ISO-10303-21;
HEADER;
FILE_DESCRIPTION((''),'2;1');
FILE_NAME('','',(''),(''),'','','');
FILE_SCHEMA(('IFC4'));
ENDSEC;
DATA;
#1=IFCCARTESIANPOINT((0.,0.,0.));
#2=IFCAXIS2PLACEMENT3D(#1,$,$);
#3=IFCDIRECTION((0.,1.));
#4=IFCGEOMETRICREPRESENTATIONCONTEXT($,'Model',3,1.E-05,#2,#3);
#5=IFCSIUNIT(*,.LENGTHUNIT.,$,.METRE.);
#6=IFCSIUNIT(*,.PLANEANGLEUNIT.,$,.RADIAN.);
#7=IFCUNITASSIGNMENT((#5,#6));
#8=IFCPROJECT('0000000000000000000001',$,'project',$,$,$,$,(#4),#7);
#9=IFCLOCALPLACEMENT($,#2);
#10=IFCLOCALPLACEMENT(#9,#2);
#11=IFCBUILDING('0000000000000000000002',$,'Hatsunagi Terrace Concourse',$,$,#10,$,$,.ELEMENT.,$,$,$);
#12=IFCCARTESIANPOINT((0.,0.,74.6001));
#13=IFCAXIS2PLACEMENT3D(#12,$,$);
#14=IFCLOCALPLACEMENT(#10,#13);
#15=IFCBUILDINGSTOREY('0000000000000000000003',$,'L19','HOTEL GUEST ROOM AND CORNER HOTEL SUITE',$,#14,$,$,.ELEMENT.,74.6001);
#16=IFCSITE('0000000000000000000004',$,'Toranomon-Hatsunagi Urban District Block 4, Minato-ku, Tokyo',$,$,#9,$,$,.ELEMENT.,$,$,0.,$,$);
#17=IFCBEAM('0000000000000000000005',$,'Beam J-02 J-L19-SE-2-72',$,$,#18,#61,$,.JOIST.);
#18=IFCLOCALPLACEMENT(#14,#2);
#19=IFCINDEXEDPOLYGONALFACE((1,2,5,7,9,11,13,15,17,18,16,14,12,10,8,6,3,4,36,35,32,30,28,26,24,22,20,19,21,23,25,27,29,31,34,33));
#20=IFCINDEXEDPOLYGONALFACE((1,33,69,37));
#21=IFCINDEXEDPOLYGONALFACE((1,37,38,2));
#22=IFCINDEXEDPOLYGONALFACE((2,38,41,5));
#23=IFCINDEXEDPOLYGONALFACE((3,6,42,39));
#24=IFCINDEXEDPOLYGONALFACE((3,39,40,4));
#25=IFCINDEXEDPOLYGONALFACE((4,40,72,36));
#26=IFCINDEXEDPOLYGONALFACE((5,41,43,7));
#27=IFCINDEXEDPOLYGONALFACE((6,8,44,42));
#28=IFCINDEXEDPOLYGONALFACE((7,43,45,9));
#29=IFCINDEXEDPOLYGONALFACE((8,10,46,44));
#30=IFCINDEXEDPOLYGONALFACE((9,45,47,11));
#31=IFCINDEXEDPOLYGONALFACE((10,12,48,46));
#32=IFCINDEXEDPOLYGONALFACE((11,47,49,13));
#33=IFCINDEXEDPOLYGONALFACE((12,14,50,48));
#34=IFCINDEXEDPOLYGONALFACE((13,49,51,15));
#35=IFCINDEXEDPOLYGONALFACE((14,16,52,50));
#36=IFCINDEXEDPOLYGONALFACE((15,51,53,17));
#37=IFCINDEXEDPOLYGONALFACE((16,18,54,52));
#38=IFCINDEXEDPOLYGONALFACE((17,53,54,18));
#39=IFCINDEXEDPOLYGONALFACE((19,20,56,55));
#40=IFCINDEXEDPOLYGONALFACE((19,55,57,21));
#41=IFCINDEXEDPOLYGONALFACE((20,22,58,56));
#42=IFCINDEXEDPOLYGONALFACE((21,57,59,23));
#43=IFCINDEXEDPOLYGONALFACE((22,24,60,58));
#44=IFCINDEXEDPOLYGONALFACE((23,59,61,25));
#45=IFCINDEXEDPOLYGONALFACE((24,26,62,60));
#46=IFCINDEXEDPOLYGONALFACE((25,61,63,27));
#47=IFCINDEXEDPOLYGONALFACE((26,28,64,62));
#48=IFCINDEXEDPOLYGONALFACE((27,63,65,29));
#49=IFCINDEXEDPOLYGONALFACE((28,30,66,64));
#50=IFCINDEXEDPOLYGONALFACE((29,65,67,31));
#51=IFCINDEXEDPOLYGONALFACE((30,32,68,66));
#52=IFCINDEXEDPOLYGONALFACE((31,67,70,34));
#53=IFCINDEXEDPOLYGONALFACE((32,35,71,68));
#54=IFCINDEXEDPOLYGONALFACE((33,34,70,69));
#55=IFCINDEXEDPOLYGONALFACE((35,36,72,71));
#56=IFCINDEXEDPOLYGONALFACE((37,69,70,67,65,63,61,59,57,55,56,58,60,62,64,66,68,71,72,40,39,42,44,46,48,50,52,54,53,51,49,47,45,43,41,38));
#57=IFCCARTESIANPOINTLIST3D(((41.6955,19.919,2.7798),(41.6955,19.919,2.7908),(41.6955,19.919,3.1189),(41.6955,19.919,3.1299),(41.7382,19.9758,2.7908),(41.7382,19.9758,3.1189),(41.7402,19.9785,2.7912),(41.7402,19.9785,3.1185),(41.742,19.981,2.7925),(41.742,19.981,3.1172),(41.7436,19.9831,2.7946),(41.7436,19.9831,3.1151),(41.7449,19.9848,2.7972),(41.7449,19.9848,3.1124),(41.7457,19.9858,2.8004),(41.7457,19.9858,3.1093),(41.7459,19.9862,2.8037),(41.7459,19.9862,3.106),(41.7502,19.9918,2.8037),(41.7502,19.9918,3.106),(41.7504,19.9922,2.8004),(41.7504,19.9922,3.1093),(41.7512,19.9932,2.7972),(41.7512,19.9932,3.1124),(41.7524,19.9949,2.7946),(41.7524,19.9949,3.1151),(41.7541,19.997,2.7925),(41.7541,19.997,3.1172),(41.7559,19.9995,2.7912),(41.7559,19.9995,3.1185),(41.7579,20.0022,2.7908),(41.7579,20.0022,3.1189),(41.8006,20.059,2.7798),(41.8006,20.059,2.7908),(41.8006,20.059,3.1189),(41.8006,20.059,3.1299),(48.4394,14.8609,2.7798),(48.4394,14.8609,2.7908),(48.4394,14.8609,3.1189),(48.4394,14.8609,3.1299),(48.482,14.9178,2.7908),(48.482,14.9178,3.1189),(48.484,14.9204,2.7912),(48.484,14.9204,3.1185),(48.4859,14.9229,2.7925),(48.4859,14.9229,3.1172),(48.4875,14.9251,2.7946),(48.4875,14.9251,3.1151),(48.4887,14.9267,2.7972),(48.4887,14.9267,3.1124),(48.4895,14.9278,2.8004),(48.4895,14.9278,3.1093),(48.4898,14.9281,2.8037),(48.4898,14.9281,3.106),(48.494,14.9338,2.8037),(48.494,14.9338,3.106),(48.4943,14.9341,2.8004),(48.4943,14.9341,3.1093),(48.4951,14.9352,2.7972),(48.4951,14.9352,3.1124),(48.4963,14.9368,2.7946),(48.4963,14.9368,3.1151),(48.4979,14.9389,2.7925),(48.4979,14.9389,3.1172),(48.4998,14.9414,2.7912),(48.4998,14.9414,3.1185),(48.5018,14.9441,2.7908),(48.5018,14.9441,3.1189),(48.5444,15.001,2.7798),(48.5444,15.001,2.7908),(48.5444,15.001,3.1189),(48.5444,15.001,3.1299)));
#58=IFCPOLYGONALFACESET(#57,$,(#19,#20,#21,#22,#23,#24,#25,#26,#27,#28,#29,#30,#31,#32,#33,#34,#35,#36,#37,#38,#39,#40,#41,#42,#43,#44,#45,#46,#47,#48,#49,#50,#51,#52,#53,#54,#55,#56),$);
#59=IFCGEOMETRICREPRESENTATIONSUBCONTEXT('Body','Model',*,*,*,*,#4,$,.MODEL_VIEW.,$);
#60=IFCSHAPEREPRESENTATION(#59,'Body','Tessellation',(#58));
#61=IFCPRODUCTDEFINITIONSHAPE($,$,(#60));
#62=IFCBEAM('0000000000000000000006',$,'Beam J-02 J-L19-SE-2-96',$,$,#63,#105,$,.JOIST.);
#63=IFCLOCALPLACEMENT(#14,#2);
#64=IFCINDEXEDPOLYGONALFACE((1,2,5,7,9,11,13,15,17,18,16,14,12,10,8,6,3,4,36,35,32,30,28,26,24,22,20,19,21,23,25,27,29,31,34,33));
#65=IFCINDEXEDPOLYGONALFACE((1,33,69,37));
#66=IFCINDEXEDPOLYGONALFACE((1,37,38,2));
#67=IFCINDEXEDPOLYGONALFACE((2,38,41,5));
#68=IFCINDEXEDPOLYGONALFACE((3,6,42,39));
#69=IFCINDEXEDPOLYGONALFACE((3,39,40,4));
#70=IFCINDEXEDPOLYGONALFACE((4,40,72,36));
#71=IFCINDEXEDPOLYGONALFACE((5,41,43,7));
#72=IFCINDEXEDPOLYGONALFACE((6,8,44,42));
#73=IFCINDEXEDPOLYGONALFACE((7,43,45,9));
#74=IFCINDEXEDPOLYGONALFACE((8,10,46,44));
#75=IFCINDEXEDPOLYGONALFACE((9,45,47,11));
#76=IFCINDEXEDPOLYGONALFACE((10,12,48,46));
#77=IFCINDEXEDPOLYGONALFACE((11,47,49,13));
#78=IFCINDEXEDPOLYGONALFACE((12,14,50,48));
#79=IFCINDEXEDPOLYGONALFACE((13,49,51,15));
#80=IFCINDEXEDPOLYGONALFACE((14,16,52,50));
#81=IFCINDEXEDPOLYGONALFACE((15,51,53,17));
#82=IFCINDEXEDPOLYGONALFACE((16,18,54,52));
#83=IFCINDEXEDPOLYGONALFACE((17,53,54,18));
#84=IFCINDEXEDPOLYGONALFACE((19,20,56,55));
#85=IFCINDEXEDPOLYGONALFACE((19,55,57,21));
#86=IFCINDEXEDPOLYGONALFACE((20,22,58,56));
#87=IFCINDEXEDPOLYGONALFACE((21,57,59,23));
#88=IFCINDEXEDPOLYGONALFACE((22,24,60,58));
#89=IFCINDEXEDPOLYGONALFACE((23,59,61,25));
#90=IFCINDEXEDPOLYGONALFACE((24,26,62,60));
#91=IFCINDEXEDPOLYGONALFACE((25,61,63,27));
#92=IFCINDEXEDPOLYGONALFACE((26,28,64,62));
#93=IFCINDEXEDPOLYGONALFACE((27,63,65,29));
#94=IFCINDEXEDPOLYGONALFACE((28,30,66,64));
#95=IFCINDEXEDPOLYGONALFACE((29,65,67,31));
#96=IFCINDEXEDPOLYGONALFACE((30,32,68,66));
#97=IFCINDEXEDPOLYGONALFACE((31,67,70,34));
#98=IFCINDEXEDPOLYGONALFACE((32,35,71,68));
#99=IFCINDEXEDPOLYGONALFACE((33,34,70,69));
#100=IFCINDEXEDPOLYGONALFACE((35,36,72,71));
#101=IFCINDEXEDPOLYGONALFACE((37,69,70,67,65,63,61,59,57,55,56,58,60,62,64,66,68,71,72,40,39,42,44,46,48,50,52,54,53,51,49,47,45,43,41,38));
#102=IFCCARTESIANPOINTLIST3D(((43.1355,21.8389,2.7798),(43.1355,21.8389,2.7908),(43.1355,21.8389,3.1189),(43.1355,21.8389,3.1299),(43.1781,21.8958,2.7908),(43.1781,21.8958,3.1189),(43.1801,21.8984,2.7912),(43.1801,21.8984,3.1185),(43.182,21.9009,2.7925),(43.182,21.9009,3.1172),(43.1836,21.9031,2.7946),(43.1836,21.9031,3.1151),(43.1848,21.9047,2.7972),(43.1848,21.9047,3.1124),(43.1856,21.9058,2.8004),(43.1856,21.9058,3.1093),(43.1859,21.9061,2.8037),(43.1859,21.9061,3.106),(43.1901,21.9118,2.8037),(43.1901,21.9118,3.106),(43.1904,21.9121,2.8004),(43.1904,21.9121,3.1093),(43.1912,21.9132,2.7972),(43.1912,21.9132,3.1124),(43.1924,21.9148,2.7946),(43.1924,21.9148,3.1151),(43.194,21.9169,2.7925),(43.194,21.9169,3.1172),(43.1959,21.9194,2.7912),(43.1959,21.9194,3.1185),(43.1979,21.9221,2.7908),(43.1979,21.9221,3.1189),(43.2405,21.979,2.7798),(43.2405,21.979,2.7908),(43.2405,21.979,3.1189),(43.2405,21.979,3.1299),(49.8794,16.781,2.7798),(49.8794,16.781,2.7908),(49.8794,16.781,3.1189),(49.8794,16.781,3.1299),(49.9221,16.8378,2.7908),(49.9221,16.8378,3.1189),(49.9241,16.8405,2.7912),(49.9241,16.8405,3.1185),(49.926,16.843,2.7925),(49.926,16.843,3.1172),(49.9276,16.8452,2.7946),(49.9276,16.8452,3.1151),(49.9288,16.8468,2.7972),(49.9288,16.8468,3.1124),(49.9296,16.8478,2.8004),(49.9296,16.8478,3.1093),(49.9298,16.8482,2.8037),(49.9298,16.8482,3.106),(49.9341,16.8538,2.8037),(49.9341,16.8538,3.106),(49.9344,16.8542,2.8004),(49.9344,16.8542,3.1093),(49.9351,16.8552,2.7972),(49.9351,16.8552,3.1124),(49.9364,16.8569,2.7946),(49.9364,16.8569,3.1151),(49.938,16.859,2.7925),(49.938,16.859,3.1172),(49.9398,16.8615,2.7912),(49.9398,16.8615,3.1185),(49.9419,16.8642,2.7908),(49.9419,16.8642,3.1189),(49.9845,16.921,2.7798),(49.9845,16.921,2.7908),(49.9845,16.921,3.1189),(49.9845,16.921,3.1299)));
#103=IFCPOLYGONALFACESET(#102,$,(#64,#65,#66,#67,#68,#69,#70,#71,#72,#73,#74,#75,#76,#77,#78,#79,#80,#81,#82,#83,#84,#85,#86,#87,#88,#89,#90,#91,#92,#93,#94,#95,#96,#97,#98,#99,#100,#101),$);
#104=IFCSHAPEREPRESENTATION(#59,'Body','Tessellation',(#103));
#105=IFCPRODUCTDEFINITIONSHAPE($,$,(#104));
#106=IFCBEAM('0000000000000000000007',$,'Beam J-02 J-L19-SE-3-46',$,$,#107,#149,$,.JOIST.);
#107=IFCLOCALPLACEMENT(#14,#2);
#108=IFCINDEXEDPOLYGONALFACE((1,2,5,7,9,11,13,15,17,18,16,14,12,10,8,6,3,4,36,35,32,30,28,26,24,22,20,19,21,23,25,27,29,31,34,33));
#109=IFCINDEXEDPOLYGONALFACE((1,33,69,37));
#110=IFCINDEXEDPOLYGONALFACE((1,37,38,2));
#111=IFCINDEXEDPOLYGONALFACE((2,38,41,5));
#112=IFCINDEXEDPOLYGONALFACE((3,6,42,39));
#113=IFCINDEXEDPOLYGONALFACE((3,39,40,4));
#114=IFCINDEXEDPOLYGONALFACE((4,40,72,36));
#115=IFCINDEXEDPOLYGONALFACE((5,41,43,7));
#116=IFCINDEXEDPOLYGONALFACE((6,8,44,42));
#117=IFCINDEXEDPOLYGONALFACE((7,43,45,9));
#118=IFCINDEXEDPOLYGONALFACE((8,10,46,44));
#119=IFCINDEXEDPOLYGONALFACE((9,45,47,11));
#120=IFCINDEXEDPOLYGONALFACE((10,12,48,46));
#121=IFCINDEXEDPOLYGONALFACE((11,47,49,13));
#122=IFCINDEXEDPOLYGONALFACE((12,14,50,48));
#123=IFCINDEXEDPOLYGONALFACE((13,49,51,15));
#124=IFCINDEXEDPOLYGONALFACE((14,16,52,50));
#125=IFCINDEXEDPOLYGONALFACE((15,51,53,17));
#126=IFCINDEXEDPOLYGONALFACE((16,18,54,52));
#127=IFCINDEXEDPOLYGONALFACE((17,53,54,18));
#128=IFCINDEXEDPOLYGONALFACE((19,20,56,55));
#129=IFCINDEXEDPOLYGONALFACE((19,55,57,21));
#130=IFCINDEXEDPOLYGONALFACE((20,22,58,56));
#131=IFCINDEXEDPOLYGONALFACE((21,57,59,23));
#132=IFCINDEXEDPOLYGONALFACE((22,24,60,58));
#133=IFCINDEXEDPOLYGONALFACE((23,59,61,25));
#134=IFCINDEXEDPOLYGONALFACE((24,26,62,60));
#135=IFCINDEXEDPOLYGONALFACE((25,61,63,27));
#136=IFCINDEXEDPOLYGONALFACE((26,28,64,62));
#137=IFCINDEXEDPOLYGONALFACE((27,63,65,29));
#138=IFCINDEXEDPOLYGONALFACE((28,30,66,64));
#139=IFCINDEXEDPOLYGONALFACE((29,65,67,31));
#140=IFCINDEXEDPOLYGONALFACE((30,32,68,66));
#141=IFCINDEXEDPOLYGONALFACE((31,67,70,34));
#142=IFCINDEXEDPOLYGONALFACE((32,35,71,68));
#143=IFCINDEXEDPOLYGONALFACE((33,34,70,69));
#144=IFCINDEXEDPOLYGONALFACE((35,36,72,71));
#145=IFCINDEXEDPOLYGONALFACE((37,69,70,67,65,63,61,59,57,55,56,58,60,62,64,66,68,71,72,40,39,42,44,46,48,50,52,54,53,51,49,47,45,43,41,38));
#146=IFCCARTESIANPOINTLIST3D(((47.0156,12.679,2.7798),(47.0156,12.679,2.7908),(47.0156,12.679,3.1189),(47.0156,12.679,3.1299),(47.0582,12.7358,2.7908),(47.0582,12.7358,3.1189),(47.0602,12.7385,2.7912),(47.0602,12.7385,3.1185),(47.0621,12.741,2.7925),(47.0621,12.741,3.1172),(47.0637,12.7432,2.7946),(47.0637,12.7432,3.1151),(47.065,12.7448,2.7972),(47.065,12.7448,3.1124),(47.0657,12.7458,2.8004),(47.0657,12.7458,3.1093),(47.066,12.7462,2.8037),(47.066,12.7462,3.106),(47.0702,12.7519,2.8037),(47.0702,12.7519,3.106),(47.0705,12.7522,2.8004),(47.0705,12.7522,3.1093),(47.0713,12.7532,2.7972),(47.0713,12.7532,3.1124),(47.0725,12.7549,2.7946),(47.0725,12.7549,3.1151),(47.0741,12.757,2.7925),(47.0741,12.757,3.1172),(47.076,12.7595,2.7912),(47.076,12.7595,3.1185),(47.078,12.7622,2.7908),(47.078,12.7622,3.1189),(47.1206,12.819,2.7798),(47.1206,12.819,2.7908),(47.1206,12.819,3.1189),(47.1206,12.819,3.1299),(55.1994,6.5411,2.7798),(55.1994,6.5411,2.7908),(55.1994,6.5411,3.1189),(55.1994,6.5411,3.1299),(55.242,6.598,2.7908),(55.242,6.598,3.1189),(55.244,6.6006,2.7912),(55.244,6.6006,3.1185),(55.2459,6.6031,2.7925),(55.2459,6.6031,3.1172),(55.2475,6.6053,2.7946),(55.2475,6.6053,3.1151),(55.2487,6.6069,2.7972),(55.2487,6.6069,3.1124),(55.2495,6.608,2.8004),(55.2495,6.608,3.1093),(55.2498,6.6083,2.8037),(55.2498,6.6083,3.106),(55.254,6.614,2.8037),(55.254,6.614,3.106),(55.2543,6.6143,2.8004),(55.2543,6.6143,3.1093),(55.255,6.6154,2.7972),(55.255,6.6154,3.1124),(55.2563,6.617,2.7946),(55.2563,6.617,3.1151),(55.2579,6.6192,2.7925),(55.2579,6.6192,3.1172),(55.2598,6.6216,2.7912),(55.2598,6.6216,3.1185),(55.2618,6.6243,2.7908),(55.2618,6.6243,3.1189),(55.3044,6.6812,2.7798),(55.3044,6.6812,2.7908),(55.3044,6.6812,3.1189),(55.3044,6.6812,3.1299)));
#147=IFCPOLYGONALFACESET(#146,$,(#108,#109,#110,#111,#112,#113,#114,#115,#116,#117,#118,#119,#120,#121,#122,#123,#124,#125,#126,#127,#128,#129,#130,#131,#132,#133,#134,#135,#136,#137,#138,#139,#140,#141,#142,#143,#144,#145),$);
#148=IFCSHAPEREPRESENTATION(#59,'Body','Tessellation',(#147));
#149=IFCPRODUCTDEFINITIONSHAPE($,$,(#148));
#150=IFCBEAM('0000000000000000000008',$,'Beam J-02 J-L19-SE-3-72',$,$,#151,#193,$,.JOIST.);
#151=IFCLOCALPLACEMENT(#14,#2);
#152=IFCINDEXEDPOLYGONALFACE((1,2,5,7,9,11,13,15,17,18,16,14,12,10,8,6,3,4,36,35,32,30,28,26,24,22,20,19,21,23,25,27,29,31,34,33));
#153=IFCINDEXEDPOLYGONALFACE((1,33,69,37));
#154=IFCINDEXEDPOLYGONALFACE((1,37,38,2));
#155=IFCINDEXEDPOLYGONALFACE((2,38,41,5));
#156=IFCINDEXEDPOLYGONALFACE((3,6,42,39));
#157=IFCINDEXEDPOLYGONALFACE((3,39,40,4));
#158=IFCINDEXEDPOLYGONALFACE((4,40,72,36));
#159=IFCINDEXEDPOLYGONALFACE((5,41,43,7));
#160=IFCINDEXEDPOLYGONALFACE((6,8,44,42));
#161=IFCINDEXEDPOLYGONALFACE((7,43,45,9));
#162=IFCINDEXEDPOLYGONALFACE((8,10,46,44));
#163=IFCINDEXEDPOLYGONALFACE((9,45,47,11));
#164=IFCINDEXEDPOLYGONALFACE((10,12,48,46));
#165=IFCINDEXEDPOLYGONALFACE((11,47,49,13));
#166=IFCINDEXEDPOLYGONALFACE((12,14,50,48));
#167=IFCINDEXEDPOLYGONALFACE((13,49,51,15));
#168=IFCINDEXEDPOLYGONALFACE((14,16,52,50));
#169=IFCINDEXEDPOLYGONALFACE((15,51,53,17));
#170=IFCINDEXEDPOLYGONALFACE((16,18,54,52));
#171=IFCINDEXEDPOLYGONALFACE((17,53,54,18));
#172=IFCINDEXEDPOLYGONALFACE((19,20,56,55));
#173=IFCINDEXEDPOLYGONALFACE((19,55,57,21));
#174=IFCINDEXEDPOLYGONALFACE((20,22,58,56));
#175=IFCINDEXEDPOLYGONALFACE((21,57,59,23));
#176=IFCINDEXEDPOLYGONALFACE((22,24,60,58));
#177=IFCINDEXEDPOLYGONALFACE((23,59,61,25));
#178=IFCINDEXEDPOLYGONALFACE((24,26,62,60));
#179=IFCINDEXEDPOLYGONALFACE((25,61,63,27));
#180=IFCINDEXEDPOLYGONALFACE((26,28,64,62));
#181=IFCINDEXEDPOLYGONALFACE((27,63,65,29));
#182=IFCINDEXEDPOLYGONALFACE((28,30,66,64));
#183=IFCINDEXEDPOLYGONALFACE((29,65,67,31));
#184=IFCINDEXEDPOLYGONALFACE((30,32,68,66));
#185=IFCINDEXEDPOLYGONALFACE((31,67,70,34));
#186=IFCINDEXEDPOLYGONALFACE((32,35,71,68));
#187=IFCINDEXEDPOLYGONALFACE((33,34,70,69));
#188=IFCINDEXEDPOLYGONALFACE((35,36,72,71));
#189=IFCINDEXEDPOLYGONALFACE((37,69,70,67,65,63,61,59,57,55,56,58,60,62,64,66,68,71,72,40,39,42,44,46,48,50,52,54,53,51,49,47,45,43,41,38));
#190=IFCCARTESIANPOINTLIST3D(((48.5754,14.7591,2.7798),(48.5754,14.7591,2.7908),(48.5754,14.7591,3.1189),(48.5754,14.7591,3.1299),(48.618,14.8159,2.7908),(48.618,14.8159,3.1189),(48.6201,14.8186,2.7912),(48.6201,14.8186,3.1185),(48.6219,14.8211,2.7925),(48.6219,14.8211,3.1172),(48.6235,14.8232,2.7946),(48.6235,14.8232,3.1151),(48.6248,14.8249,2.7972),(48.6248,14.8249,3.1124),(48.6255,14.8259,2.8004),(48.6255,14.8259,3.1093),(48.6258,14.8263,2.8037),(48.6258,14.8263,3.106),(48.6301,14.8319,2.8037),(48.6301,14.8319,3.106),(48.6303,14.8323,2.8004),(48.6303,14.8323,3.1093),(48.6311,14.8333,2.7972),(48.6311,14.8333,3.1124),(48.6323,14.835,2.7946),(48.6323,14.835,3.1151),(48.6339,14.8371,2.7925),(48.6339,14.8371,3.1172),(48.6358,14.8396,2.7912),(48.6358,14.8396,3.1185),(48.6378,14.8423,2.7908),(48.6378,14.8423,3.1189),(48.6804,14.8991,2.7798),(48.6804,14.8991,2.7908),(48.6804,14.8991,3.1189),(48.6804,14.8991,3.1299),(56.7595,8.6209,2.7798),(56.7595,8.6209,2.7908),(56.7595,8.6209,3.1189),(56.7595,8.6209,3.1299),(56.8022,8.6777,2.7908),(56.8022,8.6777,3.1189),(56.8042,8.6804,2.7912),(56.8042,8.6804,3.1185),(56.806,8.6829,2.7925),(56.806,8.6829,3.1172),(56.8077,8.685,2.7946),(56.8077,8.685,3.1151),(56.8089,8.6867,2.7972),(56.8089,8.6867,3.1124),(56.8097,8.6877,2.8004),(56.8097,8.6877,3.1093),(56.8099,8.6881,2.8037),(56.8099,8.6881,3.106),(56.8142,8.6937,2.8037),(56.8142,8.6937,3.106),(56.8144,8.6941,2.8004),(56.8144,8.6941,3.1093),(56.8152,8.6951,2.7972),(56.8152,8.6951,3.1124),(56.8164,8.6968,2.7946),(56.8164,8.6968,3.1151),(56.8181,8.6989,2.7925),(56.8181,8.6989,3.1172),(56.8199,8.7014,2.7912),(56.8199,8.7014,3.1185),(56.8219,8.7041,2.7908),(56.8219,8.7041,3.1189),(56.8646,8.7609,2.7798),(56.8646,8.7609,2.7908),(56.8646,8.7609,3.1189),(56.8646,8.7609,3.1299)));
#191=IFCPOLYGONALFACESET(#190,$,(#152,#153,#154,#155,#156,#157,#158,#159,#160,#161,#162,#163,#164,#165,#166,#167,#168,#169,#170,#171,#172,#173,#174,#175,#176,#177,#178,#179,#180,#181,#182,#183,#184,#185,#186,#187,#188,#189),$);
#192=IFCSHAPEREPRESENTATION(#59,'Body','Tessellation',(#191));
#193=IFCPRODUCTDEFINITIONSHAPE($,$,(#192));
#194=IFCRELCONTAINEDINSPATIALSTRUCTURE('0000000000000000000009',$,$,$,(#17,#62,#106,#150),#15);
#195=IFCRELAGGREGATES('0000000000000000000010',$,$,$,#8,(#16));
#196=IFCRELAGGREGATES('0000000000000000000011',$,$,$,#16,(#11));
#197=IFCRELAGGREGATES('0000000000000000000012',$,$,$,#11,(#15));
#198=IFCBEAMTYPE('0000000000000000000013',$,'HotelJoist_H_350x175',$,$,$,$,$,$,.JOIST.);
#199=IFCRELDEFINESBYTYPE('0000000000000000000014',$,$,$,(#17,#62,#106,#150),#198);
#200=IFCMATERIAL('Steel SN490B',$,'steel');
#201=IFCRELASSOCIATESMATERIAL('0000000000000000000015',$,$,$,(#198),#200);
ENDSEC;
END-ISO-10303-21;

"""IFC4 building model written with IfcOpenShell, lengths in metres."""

from ifc_helpers import new_model, si_unit, direction, frame, origin, origin_2d, place, context, subcontext, project, spatial, i_section, extrude, material, material_profile, profile_set, type_object, element, save


model = new_model("IFC4")

# Units and contexts
model_context = context("Model", 3, precision=1e-05, world=origin(), true_north=direction((0.0, 1.0)))
body_context = subcontext(model_context, "Body", "Model", "MODEL_VIEW")
ifc_project = project(units=[si_unit("LENGTHUNIT", "METRE"), si_unit("PLANEANGLEUNIT", "RADIAN")], contexts=[model_context])

# Site, building, storey
site_placement = place(None, origin())
site = spatial("IfcSite", under=ifc_project, at=site_placement, Name="Toranomon-Hatsunagi Urban District Block 4, Minato-ku, Tokyo", CompositionType="ELEMENT", RefElevation=0.0)
building_placement = place(site_placement, origin())
building = spatial("IfcBuilding", under=site, at=building_placement, Name="Hatsunagi Terrace Concourse", CompositionType="ELEMENT")
storey_placement = place(building_placement, frame((0.0, 0.0, 74.6001)))
storey = spatial("IfcBuildingStorey", under=building, at=storey_placement, Name="L19", Description="HOTEL GUEST ROOM AND CORNER HOTEL SUITE", CompositionType="ELEMENT", Elevation=74.6001)

# Beams
ifc_material_1 = material(Name="Steel SN490B", Category="steel")
ifc_material_profile_1 = material_profile(ifc_material_1, i_section(OverallWidth=0.175, OverallDepth=0.3501, WebThickness=0.0071, FlangeThickness=0.011, FilletRadius=0.0129, at=origin_2d()), Name="H-350x175x7x11")
ifc_profile_set_1 = profile_set([ifc_material_profile_1], Name="Steel SN490B")
beam_type_1 = type_object("IfcBeamType", Name="HotelJoist_H_350x175", PredefinedType="JOIST", material=ifc_profile_set_1)
for number, where, z_axis, x_axis, name in (
    (1, (41.748, 19.989, 2.9548), (0.79999, -0.600014, 0.0), (0.600014, 0.79999, 0.0), "Beam J-02 J-L19-SE-2-72"),
    (2, (43.188, 21.9089, 2.9548), (0.800003, -0.599995, 0.0), (0.599995, 0.800003, 0.0), "Beam J-02 J-L19-SE-2-96"),
):
    element("IfcBeam", number, at=place(storey_placement, frame(where, z_axis=z_axis, x_axis=x_axis)), inside=storey, type_object=beam_type_1, Name=name, PredefinedType="JOIST", context=body_context, shape_type="SweptSolid", body=[
        extrude(i_section(OverallWidth=0.175, OverallDepth=0.3501, WebThickness=0.0071, FlangeThickness=0.011, FilletRadius=0.0129, at=origin_2d()), origin(), (0.0, 0.0, 1.0), 8.4299),
    ])
beam_1_placement = place(storey_placement, frame((47.0681, 12.749, 2.9548), z_axis=(0.799997, -0.600004, 0.0), x_axis=(0.600004, 0.799997, 0.0)))
element("IfcBeam", 3, at=beam_1_placement, inside=storey, type_object=beam_type_1, Name="Beam J-02 J-L19-SE-3-46", PredefinedType="JOIST", context=body_context, shape_type="SweptSolid", body=[
    extrude(i_section(OverallWidth=0.175, OverallDepth=0.3501, WebThickness=0.0071, FlangeThickness=0.011, FilletRadius=0.0129, at=origin_2d()), origin(), (0.0, 0.0, 1.0), 10.2297),
])
beam_2_placement = place(storey_placement, frame((48.6279, 14.8291, 2.9548), z_axis=(0.799994, -0.600008, 0.0), x_axis=(0.600008, 0.799994, 0.0)))
element("IfcBeam", 4, at=beam_2_placement, inside=storey, type_object=beam_type_1, Name="Beam J-02 J-L19-SE-3-72", PredefinedType="JOIST", context=body_context, shape_type="SweptSolid", body=[
    extrude(i_section(OverallWidth=0.175, OverallDepth=0.3501, WebThickness=0.0071, FlangeThickness=0.011, FilletRadius=0.0129, at=origin_2d()), origin(), (0.0, 0.0, 1.0), 10.2302),
])

save(model, "model.ifc")
